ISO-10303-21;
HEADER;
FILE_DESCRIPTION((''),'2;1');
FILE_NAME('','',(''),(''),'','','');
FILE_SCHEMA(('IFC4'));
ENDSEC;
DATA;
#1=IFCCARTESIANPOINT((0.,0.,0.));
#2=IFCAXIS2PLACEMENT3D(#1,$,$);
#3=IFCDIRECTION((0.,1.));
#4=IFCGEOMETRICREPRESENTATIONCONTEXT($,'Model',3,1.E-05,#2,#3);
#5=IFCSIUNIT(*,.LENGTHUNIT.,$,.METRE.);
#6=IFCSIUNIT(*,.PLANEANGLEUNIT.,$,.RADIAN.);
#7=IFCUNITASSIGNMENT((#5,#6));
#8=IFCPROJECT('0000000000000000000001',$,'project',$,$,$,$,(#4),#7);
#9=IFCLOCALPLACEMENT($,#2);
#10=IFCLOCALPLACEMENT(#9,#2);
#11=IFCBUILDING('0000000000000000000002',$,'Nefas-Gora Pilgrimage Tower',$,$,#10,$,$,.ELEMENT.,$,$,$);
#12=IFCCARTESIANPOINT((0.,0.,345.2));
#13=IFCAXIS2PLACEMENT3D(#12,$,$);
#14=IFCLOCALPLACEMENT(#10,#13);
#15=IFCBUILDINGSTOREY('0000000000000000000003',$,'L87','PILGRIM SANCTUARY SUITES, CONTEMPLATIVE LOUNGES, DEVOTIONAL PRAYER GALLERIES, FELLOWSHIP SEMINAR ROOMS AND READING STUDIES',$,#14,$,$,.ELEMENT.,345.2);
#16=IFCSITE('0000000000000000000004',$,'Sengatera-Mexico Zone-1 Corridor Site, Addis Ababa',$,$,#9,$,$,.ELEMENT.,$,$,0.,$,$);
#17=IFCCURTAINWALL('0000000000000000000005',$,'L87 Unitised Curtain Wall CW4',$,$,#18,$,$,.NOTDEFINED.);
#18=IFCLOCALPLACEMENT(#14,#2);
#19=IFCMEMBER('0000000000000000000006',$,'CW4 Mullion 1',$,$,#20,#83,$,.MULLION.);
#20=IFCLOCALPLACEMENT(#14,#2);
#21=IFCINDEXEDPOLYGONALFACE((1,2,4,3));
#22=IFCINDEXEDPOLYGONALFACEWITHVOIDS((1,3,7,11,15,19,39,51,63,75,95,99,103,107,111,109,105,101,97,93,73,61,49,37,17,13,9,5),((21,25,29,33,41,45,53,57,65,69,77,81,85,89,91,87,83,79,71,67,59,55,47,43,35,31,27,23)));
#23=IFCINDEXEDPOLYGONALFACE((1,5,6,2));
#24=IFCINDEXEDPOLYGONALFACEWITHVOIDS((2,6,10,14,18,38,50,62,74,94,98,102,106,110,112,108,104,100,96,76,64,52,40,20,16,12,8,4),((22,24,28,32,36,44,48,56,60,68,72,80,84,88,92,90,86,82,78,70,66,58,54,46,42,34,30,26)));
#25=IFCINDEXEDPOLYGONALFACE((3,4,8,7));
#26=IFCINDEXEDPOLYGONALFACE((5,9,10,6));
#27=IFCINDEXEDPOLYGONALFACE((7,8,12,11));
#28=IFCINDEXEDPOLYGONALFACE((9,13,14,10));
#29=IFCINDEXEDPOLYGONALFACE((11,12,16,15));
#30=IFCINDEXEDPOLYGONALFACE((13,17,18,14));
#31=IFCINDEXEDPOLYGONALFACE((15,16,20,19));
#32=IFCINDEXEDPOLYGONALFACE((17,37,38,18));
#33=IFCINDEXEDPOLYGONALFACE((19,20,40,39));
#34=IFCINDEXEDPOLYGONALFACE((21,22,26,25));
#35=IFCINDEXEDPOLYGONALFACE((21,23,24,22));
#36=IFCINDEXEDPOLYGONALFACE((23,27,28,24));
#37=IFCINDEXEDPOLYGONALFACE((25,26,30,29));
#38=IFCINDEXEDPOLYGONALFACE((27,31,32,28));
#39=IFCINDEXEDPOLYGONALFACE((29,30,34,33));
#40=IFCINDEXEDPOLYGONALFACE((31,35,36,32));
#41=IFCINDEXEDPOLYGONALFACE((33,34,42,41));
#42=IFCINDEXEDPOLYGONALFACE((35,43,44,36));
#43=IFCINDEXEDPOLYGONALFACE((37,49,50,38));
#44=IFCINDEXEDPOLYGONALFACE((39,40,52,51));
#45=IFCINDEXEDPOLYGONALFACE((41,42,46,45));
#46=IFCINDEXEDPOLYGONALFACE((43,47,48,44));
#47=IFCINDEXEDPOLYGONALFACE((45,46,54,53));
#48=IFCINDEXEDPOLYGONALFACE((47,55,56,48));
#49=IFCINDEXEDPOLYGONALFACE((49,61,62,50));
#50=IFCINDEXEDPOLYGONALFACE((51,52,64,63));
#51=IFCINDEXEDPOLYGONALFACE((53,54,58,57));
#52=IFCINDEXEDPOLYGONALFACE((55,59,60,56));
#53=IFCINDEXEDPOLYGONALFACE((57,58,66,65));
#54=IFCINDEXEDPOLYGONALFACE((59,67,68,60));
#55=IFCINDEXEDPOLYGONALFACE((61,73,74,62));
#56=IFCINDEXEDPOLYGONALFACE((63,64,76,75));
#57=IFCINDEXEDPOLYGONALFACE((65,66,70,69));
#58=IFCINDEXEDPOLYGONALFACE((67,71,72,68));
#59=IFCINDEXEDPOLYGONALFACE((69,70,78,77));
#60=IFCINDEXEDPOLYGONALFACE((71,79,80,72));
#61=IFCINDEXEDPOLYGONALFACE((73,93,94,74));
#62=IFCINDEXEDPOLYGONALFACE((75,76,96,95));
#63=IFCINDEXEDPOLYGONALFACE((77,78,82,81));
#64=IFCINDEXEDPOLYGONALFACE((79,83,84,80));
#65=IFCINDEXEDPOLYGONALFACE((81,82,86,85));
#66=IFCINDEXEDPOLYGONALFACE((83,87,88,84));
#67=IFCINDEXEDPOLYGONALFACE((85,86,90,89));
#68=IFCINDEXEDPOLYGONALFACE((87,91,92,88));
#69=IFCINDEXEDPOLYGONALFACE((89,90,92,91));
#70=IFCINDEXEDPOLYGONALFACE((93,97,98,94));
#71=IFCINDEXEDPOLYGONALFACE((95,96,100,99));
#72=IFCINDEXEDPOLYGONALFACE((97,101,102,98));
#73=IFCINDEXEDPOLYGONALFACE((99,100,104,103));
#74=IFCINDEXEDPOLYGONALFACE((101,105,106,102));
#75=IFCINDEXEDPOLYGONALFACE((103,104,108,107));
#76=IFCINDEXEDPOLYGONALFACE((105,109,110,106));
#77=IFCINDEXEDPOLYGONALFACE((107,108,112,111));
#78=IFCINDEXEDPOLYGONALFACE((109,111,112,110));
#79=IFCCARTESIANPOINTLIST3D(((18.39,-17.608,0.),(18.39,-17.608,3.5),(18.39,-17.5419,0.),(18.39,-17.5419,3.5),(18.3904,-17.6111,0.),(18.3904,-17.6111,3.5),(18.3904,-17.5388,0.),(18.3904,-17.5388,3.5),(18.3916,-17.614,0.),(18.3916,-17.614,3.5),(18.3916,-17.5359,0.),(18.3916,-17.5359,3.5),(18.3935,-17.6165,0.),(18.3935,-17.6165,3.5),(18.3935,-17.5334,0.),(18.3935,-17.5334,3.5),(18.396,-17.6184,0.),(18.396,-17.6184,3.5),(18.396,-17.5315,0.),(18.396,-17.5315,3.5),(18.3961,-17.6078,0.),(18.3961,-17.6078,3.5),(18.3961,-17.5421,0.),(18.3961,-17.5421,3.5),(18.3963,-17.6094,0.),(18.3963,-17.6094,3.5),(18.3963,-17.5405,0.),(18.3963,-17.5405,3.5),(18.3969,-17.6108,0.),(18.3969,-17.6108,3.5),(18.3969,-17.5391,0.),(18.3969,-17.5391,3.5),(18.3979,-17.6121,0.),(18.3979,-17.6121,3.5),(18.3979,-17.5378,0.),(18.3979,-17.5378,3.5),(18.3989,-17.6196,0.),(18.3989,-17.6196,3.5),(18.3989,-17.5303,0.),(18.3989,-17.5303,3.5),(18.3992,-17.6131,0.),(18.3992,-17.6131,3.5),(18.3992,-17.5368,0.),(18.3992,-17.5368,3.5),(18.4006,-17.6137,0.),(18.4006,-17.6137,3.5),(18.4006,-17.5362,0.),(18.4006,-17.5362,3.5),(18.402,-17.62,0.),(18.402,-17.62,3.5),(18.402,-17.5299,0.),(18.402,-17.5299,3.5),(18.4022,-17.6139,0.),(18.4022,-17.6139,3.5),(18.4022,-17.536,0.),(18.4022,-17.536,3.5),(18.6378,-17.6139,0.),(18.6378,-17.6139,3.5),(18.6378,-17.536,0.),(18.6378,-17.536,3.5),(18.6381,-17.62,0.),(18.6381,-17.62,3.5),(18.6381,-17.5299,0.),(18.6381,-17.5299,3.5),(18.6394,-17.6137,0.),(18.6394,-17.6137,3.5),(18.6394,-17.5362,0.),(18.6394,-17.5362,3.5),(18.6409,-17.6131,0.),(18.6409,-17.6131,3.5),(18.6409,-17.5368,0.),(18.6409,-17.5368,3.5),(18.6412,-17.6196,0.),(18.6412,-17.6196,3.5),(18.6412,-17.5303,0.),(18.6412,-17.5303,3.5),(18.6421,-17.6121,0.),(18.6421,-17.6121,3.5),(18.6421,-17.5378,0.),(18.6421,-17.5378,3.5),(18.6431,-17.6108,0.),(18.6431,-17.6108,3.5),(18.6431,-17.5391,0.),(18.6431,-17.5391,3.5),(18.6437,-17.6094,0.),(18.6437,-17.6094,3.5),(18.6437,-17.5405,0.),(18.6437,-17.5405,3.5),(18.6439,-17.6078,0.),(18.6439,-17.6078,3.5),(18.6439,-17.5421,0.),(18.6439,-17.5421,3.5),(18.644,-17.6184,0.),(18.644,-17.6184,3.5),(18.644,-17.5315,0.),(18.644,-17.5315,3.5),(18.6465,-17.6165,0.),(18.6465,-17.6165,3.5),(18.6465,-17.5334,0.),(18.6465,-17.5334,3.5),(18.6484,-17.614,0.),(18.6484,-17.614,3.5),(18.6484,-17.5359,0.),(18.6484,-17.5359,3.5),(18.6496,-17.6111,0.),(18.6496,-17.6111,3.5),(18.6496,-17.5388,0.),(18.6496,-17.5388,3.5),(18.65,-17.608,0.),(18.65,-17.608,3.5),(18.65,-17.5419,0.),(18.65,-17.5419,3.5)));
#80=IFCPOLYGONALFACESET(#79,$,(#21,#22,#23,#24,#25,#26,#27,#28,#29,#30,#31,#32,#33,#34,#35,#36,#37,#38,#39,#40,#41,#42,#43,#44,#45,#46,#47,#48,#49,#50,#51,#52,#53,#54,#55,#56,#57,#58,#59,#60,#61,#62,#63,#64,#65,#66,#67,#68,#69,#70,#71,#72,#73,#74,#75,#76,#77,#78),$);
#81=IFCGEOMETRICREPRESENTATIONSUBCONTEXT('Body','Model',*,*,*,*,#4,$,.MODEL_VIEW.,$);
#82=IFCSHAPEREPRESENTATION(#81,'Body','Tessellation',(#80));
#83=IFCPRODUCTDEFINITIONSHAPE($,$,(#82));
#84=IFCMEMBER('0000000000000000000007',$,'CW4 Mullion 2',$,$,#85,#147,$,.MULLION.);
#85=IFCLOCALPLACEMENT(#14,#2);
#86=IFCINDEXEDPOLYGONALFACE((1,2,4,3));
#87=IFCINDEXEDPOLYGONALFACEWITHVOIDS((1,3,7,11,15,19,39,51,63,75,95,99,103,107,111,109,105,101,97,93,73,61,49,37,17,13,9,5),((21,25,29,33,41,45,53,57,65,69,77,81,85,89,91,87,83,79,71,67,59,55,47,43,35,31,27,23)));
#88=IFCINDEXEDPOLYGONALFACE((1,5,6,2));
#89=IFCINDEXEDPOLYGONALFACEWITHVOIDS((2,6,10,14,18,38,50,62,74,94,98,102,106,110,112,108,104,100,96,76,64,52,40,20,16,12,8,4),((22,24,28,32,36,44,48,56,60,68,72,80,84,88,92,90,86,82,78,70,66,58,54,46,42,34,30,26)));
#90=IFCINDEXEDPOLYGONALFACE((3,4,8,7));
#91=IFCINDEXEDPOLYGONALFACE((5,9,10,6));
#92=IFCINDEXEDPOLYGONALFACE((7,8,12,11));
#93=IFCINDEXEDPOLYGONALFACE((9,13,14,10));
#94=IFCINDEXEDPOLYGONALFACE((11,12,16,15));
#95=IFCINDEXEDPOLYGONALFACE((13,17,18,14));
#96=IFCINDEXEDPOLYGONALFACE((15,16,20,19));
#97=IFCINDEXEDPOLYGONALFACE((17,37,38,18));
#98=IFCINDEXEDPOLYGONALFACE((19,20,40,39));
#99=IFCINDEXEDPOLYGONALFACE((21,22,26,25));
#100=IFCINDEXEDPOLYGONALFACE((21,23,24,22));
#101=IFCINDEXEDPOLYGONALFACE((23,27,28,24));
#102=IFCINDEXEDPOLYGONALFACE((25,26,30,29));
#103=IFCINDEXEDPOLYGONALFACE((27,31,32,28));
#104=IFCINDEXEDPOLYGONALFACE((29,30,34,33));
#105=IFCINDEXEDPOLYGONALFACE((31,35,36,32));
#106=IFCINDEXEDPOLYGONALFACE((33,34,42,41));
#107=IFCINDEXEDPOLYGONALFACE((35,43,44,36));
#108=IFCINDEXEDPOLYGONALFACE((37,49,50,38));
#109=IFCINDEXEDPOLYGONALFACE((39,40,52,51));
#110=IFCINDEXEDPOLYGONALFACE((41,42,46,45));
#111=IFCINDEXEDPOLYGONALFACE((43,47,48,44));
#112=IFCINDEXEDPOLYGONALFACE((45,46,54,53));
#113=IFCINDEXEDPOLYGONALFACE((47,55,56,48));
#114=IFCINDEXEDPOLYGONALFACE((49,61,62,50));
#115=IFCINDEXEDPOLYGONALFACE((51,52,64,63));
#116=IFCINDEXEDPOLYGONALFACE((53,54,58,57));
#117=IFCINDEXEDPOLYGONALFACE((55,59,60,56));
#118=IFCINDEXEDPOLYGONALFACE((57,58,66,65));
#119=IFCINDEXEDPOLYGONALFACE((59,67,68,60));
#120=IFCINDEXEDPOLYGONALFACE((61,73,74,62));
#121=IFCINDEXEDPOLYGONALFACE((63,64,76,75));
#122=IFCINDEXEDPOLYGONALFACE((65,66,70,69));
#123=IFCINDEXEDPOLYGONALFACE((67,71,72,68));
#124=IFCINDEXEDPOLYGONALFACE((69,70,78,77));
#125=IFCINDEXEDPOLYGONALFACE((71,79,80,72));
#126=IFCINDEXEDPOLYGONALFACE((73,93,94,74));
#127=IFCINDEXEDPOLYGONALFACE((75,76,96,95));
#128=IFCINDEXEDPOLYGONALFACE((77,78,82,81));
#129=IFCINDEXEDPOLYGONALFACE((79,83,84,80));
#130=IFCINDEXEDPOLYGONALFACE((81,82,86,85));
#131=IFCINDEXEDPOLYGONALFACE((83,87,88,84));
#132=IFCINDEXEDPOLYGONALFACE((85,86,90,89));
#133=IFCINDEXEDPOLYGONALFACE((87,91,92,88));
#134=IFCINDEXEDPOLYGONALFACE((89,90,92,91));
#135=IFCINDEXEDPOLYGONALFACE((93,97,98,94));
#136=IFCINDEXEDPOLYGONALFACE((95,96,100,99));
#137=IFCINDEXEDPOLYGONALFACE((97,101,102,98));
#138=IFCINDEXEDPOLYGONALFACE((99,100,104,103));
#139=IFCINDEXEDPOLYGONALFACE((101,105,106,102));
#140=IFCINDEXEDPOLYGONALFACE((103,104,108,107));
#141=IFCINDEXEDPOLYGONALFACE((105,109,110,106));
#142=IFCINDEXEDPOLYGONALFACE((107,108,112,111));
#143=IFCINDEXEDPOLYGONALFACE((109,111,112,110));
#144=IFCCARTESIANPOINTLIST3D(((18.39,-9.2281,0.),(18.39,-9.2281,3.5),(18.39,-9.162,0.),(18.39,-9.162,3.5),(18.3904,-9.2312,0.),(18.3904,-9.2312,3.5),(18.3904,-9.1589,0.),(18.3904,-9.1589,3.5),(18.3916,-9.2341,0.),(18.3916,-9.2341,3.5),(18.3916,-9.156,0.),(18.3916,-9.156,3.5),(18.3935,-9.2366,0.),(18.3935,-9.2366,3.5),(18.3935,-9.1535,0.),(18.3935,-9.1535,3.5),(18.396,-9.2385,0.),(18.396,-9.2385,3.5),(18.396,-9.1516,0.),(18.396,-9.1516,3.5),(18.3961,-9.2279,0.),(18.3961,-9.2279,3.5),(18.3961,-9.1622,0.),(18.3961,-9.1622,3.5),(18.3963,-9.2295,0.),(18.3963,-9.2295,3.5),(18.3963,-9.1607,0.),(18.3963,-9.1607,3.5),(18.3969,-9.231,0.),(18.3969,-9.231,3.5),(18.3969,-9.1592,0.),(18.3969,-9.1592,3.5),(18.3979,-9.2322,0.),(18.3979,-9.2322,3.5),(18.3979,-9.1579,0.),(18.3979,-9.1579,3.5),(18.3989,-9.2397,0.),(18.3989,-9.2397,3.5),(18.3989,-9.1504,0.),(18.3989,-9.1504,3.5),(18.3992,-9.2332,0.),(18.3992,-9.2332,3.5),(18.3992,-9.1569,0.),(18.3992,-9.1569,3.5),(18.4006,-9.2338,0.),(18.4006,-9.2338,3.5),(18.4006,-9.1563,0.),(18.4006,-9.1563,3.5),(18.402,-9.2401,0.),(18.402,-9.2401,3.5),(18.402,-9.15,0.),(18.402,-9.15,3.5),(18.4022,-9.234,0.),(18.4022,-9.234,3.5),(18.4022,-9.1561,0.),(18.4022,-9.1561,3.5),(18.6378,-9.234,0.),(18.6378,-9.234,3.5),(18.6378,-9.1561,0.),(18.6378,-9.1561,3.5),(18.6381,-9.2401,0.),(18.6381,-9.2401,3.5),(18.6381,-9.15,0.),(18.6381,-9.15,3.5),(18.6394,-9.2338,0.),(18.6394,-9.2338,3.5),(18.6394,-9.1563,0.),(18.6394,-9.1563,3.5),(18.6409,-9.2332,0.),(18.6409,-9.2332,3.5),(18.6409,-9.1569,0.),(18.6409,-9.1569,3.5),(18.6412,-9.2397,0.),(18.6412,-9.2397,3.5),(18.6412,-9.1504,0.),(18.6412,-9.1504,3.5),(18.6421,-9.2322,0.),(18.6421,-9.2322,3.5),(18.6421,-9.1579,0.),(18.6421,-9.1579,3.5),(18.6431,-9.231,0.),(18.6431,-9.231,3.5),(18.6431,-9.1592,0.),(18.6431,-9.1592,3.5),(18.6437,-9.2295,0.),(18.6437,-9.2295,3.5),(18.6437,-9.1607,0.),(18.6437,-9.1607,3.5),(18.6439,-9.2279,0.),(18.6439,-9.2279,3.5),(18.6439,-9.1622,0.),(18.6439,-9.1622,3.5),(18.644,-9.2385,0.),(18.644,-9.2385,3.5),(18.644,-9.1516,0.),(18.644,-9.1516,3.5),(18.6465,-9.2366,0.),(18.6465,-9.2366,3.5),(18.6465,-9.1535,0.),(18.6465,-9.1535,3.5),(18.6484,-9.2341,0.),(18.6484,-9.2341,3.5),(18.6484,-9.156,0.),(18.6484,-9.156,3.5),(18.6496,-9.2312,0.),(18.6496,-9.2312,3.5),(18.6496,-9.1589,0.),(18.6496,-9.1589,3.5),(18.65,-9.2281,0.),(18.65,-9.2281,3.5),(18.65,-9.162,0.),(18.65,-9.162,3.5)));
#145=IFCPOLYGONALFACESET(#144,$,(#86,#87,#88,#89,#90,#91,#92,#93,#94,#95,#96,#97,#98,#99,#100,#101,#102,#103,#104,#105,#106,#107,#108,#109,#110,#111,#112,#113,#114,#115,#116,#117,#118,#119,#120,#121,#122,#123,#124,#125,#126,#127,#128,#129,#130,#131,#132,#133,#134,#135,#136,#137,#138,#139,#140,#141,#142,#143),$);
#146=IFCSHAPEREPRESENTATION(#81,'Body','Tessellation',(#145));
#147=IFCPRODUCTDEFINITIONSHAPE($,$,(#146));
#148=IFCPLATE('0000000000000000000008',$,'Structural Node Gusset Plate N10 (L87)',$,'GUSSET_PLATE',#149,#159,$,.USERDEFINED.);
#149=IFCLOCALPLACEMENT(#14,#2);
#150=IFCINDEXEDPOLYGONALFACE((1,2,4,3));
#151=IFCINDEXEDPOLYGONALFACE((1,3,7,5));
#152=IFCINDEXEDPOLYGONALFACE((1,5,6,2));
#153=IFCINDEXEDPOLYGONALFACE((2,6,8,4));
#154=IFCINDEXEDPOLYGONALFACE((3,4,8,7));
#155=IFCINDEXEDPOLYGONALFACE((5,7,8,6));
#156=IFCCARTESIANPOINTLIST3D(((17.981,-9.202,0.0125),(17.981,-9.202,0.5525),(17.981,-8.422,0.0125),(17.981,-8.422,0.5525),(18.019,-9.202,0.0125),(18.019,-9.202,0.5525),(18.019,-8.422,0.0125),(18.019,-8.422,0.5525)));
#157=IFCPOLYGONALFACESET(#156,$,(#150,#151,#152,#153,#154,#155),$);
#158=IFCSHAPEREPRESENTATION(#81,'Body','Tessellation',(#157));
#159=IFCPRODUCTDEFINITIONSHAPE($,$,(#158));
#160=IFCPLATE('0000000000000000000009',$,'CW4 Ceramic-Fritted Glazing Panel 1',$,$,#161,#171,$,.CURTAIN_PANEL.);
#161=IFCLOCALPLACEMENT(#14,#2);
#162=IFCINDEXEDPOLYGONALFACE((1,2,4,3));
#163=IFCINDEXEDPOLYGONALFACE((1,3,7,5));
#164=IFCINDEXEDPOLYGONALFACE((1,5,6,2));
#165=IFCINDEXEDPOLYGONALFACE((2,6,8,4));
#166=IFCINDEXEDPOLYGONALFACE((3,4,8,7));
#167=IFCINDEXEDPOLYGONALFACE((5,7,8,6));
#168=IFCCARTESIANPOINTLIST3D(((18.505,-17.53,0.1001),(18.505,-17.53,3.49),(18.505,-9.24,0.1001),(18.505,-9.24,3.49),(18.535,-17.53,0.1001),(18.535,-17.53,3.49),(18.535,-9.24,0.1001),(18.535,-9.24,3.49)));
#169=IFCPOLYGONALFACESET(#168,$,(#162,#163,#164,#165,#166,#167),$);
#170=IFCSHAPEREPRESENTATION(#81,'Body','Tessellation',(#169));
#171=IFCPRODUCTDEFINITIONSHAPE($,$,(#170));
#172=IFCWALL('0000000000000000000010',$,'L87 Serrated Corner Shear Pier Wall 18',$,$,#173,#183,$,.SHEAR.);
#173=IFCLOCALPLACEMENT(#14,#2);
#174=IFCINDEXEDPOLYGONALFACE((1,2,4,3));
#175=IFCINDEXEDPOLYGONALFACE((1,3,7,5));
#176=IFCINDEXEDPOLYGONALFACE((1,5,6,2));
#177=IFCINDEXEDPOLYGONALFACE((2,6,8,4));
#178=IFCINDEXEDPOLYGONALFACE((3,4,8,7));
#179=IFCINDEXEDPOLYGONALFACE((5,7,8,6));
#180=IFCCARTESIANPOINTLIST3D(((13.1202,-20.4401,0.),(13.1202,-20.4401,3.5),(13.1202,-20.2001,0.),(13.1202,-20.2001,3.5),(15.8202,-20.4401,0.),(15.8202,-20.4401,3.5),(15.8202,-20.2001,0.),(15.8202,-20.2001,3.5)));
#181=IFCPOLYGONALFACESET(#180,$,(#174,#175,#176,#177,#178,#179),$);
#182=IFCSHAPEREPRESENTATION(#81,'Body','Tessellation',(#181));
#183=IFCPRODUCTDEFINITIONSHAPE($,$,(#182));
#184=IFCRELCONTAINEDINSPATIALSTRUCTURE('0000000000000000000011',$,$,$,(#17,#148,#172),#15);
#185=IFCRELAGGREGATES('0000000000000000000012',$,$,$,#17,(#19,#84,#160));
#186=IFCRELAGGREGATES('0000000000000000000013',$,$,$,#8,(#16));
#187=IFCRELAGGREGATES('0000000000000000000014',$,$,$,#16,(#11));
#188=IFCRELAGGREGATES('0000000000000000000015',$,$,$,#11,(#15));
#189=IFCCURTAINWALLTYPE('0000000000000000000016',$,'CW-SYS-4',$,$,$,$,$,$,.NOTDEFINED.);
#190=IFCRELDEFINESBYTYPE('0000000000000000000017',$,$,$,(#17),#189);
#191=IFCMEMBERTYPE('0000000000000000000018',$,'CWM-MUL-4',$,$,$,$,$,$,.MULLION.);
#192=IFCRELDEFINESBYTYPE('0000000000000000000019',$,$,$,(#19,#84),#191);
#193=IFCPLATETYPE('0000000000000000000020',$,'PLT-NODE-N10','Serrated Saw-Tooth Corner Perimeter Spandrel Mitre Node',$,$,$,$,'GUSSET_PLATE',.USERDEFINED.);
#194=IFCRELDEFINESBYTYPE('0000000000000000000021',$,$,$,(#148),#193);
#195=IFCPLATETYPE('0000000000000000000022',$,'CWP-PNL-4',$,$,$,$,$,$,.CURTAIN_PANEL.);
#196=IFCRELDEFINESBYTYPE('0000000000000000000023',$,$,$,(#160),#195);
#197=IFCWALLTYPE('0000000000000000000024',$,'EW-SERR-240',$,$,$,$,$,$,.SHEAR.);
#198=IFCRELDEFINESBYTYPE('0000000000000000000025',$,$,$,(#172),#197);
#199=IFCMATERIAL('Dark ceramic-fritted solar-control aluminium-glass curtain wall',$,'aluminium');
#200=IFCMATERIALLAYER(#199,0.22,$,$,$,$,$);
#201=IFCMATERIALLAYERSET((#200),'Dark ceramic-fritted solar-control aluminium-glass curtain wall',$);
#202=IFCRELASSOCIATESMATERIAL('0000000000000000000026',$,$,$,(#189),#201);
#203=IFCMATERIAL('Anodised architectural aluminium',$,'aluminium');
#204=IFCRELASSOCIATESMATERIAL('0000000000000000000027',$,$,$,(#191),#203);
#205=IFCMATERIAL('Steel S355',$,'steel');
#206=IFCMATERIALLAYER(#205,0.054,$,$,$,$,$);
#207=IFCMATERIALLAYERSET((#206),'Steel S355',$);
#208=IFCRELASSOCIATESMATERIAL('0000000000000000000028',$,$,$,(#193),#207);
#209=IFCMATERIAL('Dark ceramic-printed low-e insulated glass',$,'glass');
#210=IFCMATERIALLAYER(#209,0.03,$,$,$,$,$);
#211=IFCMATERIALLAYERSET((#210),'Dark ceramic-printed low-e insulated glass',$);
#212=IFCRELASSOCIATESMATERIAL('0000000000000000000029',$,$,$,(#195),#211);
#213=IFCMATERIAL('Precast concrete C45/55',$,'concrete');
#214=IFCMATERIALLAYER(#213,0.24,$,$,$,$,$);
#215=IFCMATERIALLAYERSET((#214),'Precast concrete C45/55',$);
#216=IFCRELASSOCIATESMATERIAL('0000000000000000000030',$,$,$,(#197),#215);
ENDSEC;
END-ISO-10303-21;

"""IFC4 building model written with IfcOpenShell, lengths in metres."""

from ifc_helpers import new_model, si_unit, direction, frame, frame_2d, origin, origin_2d, place, context, subcontext, project, spatial, rectangle, hollow_rectangle, extrude, source, transform, mapped, material, layer, layer_set, material_profile, profile_set, type_object, element, aggregate, save


model = new_model("IFC4")

# Units and contexts
model_context = context("Model", 3, precision=1e-05, world=origin(), true_north=direction((0.0, 1.0)))
body_context = subcontext(model_context, "Body", "Model", "MODEL_VIEW")
ifc_project = project(units=[si_unit("LENGTHUNIT", "METRE"), si_unit("PLANEANGLEUNIT", "RADIAN")], contexts=[model_context])

# Site, building, storey
site_placement = place(None, origin())
site = spatial("IfcSite", under=ifc_project, at=site_placement, Name="Sengatera-Mexico Zone-1 Corridor Site, Addis Ababa", CompositionType="ELEMENT", RefElevation=0.0)
building_placement = place(site_placement, origin())
building = spatial("IfcBuilding", under=site, at=building_placement, Name="Nefas-Gora Pilgrimage Tower", CompositionType="ELEMENT")
storey_placement = place(building_placement, frame((0.0, 0.0, 345.2)))
storey = spatial("IfcBuildingStorey", under=building, at=storey_placement, Name="L87", Description="PILGRIM SANCTUARY SUITES, CONTEMPLATIVE LOUNGES, DEVOTIONAL PRAYER GALLERIES, FELLOWSHIP SEMINAR ROOMS AND READING STUDIES", CompositionType="ELEMENT", Elevation=345.2)

# Shared definitions
ifc_material_1 = material(Name="Steel S355", Category="steel")

# Curtain wall, members
ifc_material_2 = material(Name="Dark ceramic-fritted solar-control aluminium-glass curtain wall", Category="aluminium")
ifc_layer_1 = layer(ifc_material_2, 0.22)
ifc_layer_set_1 = layer_set([ifc_layer_1], Name="Dark ceramic-fritted solar-control aluminium-glass curtain wall")
curtain_wall_type = type_object("IfcCurtainWallType", Name="CW-SYS-4", PredefinedType="NOTDEFINED", material=ifc_layer_set_1)
curtain_wall_placement = place(storey_placement, origin())
curtain_wall = element("IfcCurtainWall", 1, at=curtain_wall_placement, inside=storey, type_object=curtain_wall_type, Name="L87 Unitised Curtain Wall CW4", PredefinedType="NOTDEFINED")
ifc_material_3 = material(Name="Anodised architectural aluminium", Category="aluminium")
ifc_material_profile_1 = material_profile(ifc_material_3, hollow_rectangle(XDim=0.0901, YDim=0.26, WallThickness=0.0061, InnerFilletRadius=0.0061, OuterFilletRadius=0.012, at=origin_2d()), Name="ALU MULLION 90x260")
ifc_profile_set_1 = profile_set([ifc_material_profile_1], Name="Anodised architectural aluminium")
member_type_1 = type_object("IfcMemberType", Name="CWM-MUL-4", PredefinedType="MULLION", material=ifc_profile_set_1)
shared_shape_1 = source(origin(), body_context, "Body", "SweptSolid", [
    extrude(hollow_rectangle(XDim=0.0901, YDim=0.26, WallThickness=0.0061, InnerFilletRadius=0.0061, OuterFilletRadius=0.012, at=origin_2d()), origin(), (0.0, 0.0, 1.0), 3.5),
])
member_1_placement = place(storey_placement, frame((18.52, -17.575, 0.0), z_axis=(0.0, 0.0, 1.0), x_axis=(0.0, 1.0, 0.0)))
member_1 = element("IfcMember", 2, at=member_1_placement, type_object=member_type_1, Name="CW4 Mullion 1", PredefinedType="MULLION", context=body_context, shape_type="MappedRepresentation", body=[
    mapped(shared_shape_1, transform((0.0, 0.0, 0.0), x_axis=(1.0, 0.0, 0.0), y_axis=(0.0, 1.0, 0.0), z_axis=(0.0, 0.0, 1.0), scale=1.0)),
])
member_2_placement = place(storey_placement, frame((18.52, -9.1951, 0.0), z_axis=(0.0, 0.0, 1.0), x_axis=(0.0, 1.0, 0.0)))
member_2 = element("IfcMember", 3, at=member_2_placement, type_object=member_type_1, Name="CW4 Mullion 2", PredefinedType="MULLION", context=body_context, shape_type="MappedRepresentation", body=[
    mapped(shared_shape_1, transform((0.0, 0.0, 0.0), x_axis=(1.0, 0.0, 0.0), y_axis=(0.0, 1.0, 0.0), z_axis=(0.0, 0.0, 1.0), scale=1.0)),
])

# Plates
ifc_layer_2 = layer(ifc_material_1, 0.054)
ifc_layer_set_2 = layer_set([ifc_layer_2], Name="Steel S355")
plate_type_1 = type_object("IfcPlateType", Name="PLT-NODE-N10", Description="Serrated Saw-Tooth Corner Perimeter Spandrel Mitre Node", ElementType="GUSSET_PLATE", PredefinedType="USERDEFINED", material=ifc_layer_set_2)
shared_shape_2 = source(origin(), body_context, "Body", "SweptSolid", [
    extrude(rectangle(XDim=0.78, YDim=0.0381, at=origin_2d()), origin(), (0.0, 0.0, 1.0), 0.54),
])
plate_1_placement = place(storey_placement, frame((18.0, -8.812, 0.0125), z_axis=(0.0, 0.0, 1.0), x_axis=(0.0, 1.0, 0.0)))
element("IfcPlate", 4, at=plate_1_placement, inside=storey, type_object=plate_type_1, Name="Structural Node Gusset Plate N10 (L87)", ObjectType="GUSSET_PLATE", PredefinedType="USERDEFINED", context=body_context, shape_type="MappedRepresentation", body=[
    mapped(shared_shape_2, transform((0.0, 0.0, 0.0), x_axis=(1.0, 0.0, 0.0), y_axis=(0.0, 1.0, 0.0), z_axis=(0.0, 0.0, 1.0), scale=1.0)),
])
ifc_material_4 = material(Name="Dark ceramic-printed low-e insulated glass", Category="glass")
ifc_layer_3 = layer(ifc_material_4, 0.03)
ifc_layer_set_3 = layer_set([ifc_layer_3], Name="Dark ceramic-printed low-e insulated glass")
plate_type_2 = type_object("IfcPlateType", Name="CWP-PNL-4", PredefinedType="CURTAIN_PANEL", material=ifc_layer_set_3)
shared_shape_3 = source(origin(), body_context, "Body", "SweptSolid", [
    extrude(rectangle(XDim=8.29, YDim=0.03, at=origin_2d()), origin(), (0.0, 0.0, 1.0), 3.3899),
])
plate_2_placement = place(storey_placement, frame((18.52, -13.385, 0.1001), z_axis=(0.0, 0.0, 1.0), x_axis=(0.0, 1.0, 0.0)))
plate_2 = element("IfcPlate", 5, at=plate_2_placement, type_object=plate_type_2, Name="CW4 Ceramic-Fritted Glazing Panel 1", PredefinedType="CURTAIN_PANEL", context=body_context, shape_type="MappedRepresentation", body=[
    mapped(shared_shape_3, transform((0.0, 0.0, 0.0), x_axis=(1.0, 0.0, 0.0), y_axis=(0.0, 1.0, 0.0), z_axis=(0.0, 0.0, 1.0), scale=1.0)),
])
aggregate(curtain_wall, [member_1, member_2, plate_2])

# Wall
ifc_material_5 = material(Name="Precast concrete C45/55", Category="concrete")
ifc_layer_4 = layer(ifc_material_5, 0.24)
ifc_layer_set_4 = layer_set([ifc_layer_4], Name="Precast concrete C45/55")
wall_type_1 = type_object("IfcWallType", Name="EW-SERR-240", PredefinedType="SHEAR", material=ifc_layer_set_4)
shared_shape_4 = source(origin(), body_context, "Body", "SweptSolid", [
    extrude(rectangle(XDim=2.7, YDim=0.24, at=frame_2d((1.3501, 0.0))), origin(), (0.0, 0.0, 1.0), 3.5),
])
for number, where, z_axis, x_axis, name in (
    (6, (13.1201, -20.3201, 0.0), (0.0, 0.0, 1.0), (1.0, 0.0, 0.0), "L87 Serrated Corner Shear Pier Wall 18"),
):
    element("IfcWall", number, at=place(storey_placement, frame(where, z_axis=z_axis, x_axis=x_axis)), inside=storey, type_object=wall_type_1, Name=name, PredefinedType="SHEAR", context=body_context, shape_type="MappedRepresentation", body=[
        mapped(shared_shape_4, transform((0.0, 0.0, 0.0), x_axis=(1.0, 0.0, 0.0), y_axis=(0.0, 1.0, 0.0), z_axis=(0.0, 0.0, 1.0), scale=1.0)),
    ])

save(model, "model.ifc")
